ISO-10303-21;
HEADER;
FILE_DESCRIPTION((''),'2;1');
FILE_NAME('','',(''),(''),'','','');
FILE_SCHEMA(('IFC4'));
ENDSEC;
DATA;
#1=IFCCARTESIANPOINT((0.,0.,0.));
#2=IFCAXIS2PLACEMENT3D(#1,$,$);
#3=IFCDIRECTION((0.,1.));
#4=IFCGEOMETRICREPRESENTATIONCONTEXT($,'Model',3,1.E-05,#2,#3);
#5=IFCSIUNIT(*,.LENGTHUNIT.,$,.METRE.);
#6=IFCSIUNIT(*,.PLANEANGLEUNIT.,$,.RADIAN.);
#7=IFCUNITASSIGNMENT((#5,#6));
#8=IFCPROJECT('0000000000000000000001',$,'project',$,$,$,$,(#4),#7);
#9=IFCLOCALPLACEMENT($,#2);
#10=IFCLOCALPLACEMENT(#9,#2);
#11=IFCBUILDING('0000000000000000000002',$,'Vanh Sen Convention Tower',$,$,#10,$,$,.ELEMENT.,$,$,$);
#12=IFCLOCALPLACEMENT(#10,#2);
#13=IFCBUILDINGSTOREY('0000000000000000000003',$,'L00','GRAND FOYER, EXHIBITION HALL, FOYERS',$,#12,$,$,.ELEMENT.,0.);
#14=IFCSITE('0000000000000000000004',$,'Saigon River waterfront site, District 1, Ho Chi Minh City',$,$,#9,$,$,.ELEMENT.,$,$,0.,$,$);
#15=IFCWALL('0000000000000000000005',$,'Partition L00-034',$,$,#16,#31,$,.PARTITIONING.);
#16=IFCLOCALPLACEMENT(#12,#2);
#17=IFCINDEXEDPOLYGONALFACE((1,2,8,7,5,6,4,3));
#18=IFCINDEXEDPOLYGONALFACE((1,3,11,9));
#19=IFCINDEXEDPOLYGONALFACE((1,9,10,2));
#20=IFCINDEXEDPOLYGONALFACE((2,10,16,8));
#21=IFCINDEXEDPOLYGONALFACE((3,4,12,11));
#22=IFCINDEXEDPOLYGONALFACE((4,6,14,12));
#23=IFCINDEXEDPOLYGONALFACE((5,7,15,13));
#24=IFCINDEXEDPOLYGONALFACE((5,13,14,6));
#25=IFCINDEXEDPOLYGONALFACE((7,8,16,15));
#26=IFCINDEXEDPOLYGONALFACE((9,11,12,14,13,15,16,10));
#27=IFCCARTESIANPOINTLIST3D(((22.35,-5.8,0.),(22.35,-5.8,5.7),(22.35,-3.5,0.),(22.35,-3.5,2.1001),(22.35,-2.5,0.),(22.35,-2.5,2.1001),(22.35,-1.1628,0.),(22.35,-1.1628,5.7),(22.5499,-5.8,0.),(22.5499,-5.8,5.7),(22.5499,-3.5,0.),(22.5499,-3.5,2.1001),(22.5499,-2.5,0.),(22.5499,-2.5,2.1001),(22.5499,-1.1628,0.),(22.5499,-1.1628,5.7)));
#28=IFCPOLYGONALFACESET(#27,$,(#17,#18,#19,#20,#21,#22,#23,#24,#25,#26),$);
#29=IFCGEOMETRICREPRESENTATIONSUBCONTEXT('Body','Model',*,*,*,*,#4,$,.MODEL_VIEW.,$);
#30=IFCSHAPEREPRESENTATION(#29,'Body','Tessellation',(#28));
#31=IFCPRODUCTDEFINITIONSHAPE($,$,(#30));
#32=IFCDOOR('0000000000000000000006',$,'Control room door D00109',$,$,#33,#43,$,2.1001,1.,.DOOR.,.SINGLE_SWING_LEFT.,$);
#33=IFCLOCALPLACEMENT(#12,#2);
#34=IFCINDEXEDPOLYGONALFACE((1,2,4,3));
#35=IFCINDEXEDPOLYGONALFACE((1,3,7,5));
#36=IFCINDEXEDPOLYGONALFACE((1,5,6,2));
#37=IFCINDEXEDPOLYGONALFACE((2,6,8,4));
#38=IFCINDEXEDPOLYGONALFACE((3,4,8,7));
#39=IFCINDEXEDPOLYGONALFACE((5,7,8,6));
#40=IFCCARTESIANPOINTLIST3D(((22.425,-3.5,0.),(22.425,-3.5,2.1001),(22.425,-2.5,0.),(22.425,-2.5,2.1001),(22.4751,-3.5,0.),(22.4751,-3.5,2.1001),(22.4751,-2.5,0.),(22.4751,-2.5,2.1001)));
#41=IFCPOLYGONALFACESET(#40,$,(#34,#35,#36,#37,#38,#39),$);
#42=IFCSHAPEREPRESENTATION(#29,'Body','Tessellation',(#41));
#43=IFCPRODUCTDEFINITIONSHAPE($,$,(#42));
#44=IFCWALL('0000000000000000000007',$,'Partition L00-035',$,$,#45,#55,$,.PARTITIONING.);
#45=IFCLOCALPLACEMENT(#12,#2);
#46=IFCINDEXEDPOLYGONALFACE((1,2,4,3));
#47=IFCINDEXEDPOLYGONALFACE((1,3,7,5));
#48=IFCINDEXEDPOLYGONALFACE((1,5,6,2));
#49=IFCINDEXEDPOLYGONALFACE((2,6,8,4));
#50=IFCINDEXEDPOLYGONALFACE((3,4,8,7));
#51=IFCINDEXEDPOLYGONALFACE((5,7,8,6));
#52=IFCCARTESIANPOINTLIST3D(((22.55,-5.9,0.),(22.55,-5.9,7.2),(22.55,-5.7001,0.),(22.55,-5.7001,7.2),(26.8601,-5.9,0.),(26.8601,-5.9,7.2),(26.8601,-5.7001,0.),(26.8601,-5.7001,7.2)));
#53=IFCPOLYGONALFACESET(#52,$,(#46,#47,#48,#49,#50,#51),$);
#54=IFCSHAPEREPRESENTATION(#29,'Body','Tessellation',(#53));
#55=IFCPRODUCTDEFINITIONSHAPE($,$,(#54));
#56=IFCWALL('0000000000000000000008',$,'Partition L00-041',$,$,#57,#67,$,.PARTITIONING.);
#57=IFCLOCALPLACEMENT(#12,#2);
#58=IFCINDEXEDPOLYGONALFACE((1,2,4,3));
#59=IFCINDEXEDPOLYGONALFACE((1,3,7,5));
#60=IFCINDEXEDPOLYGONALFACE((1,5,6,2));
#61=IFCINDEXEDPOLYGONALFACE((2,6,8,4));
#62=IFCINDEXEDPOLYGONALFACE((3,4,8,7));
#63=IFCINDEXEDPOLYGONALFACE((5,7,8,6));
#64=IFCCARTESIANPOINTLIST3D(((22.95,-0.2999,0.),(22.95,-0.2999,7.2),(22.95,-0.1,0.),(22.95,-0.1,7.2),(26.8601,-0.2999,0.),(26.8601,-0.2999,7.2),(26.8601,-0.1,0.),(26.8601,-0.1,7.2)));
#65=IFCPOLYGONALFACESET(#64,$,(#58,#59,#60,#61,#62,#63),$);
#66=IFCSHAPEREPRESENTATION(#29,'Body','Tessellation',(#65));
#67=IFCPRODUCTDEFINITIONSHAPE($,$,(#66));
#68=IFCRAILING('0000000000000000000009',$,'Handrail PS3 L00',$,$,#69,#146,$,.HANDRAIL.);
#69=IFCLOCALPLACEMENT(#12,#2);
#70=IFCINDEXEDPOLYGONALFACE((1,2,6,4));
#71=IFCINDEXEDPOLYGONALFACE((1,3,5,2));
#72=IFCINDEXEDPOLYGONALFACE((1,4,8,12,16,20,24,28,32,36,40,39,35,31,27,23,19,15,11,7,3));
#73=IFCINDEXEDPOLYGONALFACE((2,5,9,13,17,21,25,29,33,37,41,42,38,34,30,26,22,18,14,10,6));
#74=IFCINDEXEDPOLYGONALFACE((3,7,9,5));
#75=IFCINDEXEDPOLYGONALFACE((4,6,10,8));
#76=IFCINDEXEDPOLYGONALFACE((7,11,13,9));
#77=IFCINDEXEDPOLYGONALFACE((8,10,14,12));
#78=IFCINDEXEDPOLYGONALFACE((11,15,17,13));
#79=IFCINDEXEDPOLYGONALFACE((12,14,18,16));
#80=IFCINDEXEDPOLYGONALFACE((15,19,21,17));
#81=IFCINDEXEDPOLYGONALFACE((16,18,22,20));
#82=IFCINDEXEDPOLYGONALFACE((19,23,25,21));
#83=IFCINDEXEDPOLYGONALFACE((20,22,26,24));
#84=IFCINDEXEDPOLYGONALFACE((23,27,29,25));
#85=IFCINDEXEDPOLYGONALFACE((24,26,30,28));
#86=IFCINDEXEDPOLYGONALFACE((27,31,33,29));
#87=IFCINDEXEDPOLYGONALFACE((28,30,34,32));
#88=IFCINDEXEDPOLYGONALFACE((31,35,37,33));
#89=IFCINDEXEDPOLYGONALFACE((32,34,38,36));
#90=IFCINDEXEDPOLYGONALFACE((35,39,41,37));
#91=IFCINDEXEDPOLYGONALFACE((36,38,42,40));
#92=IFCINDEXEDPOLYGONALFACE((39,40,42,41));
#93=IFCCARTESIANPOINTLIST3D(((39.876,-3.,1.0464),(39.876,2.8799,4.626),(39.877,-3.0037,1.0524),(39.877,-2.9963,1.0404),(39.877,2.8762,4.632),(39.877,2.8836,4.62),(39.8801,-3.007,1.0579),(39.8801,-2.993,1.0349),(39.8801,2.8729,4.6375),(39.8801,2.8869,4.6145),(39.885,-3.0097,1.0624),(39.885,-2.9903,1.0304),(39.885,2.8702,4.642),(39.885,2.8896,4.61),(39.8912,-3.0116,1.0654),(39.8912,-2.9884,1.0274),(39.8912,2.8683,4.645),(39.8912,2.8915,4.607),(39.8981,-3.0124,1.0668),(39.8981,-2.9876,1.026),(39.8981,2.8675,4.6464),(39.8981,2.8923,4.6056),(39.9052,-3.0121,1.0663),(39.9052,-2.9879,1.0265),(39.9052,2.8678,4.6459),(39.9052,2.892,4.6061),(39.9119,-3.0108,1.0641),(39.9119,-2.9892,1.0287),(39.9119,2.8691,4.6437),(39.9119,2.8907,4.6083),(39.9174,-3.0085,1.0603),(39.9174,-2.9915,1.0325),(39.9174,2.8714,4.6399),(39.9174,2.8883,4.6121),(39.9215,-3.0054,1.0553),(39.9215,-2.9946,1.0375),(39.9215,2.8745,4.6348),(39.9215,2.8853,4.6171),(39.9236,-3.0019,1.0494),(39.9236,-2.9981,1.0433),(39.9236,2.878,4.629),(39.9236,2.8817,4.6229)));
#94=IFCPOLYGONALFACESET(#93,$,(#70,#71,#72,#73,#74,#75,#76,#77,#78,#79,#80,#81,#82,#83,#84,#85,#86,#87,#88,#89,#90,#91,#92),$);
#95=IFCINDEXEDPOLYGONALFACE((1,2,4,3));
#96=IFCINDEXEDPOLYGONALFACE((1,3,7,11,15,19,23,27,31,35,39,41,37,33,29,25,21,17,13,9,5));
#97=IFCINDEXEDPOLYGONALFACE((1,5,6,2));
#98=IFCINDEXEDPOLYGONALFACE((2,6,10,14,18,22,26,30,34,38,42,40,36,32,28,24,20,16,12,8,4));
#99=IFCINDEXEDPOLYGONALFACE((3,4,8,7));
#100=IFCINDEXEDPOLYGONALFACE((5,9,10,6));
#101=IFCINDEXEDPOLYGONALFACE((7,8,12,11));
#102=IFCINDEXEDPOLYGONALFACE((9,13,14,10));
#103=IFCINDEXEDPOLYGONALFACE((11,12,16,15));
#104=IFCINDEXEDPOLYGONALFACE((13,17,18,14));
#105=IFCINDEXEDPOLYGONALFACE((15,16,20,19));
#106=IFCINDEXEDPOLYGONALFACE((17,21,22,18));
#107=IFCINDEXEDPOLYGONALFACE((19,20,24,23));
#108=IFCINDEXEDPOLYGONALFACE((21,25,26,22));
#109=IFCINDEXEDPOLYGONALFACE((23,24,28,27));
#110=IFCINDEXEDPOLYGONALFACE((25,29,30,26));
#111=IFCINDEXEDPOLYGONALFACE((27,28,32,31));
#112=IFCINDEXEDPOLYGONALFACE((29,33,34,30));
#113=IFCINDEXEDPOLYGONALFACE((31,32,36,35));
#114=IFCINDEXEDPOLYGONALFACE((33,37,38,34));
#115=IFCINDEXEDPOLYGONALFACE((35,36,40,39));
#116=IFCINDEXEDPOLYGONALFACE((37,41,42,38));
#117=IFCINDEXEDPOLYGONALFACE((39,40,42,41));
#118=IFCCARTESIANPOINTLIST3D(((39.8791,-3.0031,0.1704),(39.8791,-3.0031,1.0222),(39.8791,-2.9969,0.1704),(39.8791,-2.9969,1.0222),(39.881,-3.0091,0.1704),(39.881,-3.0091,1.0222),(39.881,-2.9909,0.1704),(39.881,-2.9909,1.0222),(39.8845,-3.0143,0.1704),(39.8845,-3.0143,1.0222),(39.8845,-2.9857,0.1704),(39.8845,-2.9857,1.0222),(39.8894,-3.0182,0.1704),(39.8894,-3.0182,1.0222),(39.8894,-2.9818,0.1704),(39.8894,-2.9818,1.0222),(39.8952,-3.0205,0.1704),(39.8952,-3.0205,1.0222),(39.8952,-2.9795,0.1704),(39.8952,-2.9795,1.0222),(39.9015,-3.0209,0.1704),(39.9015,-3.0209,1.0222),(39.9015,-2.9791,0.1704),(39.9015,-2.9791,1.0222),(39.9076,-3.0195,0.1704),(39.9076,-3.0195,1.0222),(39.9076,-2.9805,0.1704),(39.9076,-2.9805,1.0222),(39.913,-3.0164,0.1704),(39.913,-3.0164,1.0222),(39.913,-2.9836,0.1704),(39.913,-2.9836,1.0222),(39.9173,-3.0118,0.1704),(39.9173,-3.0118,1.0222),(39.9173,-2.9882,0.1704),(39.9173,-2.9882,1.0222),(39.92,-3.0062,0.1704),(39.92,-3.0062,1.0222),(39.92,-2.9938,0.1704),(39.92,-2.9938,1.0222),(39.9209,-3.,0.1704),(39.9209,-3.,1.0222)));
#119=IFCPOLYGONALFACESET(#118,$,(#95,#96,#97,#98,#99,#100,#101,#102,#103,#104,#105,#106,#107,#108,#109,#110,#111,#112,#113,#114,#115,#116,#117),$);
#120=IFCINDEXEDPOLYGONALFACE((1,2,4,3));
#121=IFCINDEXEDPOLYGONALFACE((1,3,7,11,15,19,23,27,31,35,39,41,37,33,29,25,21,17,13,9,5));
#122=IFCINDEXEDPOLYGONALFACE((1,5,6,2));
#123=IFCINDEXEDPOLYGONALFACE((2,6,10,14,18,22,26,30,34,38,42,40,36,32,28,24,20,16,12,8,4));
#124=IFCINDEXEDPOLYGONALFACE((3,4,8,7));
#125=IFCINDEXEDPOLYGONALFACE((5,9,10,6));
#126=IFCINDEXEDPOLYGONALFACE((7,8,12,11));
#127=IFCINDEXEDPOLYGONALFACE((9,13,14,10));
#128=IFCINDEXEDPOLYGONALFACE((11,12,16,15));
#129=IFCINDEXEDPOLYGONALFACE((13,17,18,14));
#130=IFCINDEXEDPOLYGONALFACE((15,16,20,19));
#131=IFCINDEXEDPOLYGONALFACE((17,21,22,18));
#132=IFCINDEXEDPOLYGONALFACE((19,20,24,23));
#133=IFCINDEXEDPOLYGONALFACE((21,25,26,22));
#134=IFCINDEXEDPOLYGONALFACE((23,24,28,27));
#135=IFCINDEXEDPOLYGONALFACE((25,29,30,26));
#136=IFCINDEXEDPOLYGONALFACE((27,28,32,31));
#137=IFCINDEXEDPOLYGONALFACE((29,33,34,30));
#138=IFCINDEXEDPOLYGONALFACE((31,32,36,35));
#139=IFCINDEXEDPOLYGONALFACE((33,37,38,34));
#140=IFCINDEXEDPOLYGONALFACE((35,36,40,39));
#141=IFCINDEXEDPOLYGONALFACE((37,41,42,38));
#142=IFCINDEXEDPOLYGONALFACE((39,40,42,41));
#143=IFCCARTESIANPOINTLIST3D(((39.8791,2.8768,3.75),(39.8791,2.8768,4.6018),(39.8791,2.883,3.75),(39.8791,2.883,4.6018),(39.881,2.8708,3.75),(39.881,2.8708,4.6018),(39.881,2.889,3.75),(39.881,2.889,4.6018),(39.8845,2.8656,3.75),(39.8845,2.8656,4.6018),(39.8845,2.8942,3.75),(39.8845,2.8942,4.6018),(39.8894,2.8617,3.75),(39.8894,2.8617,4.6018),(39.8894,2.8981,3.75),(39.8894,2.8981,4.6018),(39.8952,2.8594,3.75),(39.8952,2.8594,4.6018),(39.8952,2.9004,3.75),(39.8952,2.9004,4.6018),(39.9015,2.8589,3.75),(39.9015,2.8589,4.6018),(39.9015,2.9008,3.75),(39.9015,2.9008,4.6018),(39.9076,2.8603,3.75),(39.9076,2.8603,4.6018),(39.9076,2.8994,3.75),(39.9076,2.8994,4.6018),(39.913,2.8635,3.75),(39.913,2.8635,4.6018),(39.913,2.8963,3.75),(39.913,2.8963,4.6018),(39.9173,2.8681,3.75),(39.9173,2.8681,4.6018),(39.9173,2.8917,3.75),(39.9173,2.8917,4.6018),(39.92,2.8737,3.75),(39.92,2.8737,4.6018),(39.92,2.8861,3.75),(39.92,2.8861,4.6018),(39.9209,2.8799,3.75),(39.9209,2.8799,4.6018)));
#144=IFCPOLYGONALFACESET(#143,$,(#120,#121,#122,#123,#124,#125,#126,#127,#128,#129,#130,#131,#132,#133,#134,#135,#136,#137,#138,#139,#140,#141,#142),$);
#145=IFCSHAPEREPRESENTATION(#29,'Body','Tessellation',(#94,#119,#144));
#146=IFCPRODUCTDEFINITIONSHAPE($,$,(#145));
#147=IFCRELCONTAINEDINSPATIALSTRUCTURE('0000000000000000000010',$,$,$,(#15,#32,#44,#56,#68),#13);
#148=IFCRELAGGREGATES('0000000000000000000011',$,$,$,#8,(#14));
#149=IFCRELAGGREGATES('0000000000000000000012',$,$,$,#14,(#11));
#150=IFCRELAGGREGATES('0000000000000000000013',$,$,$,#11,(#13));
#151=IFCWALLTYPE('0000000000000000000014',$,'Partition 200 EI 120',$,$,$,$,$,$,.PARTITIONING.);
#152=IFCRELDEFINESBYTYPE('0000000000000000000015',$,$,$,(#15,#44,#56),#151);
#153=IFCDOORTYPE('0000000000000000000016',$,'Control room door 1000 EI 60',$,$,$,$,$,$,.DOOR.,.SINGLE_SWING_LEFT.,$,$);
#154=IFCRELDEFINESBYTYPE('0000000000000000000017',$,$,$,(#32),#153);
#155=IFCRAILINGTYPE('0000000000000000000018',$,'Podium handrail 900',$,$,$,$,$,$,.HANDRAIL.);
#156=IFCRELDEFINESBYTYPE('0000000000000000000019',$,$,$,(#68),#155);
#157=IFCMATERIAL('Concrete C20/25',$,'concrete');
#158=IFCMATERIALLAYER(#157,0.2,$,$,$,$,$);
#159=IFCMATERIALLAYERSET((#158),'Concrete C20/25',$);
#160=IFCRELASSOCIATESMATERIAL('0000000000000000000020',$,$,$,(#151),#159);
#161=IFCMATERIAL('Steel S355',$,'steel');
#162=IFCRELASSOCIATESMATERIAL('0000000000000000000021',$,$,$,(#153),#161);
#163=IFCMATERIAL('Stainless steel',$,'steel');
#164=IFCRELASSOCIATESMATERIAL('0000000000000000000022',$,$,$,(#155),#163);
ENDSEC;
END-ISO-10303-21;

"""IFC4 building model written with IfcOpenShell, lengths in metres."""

from ifc_helpers import new_model, si_unit, direction, frame, frame_2d, origin, origin_2d, place, context, subcontext, project, spatial, rectangle, circle, extrude, material, layer, layer_set, type_object, element, fill, save


model = new_model("IFC4")

# Units and contexts
model_context = context("Model", 3, precision=1e-05, world=origin(), true_north=direction((0.0, 1.0)))
body_context = subcontext(model_context, "Body", "Model", "MODEL_VIEW")
ifc_project = project(units=[si_unit("LENGTHUNIT", "METRE"), si_unit("PLANEANGLEUNIT", "RADIAN")], contexts=[model_context])

# Site, building, storey
site_placement = place(None, origin())
site = spatial("IfcSite", under=ifc_project, at=site_placement, Name="Saigon River waterfront site, District 1, Ho Chi Minh City", CompositionType="ELEMENT", RefElevation=0.0)
building_placement = place(site_placement, origin())
building = spatial("IfcBuilding", under=site, at=building_placement, Name="Vanh Sen Convention Tower", CompositionType="ELEMENT")
storey_placement = place(building_placement, origin())
storey = spatial("IfcBuildingStorey", under=building, at=storey_placement, Name="L00", Description="GRAND FOYER, EXHIBITION HALL, FOYERS", CompositionType="ELEMENT", Elevation=0.0)

# Shared definitions
ifc_material_1 = material(Name="Steel S355", Category="steel")

# Wall, opening, door
ifc_material_2 = material(Name="Concrete C20/25", Category="concrete")
ifc_layer_1 = layer(ifc_material_2, 0.2)
ifc_layer_set_1 = layer_set([ifc_layer_1], Name="Concrete C20/25")
wall_type_1 = type_object("IfcWallType", Name="Partition 200 EI 120", PredefinedType="PARTITIONING", material=ifc_layer_set_1)
wall_1_placement = place(storey_placement, frame((22.45, -5.8, 0.0), z_axis=(0.0, 0.0, 1.0), x_axis=(0.0, 1.0, 0.0)))
wall_1 = element("IfcWall", 1, at=wall_1_placement, inside=storey, type_object=wall_type_1, Name="Partition L00-034", PredefinedType="PARTITIONING", context=body_context, shape_type="SweptSolid", body=[
    extrude(rectangle(XDim=4.6372, YDim=0.2, at=frame_2d((2.3186, 0.0))), origin(), (0.0, 0.0, 1.0), 5.7),
])
opening_1_placement = place(wall_1_placement, frame((2.3, 0.0, 0.0)))
opening_1 = element("IfcOpeningElement", 2, at=opening_1_placement, cuts=wall_1, PredefinedType="OPENING", context=body_context, shape_type="SweptSolid", body=[
    extrude(rectangle(XDim=1.0, YDim=2.1001, at=frame_2d((0.5, 1.05))), frame((0.0, 0.1099, 0.0), z_axis=(0.0, -1.0, 0.0), x_axis=(1.0, 0.0, 0.0)), (0.0, 0.0, 1.0), 0.22),
])
door_type_1 = type_object("IfcDoorType", Name="Control room door 1000 EI 60", OperationType="SINGLE_SWING_LEFT", PredefinedType="DOOR", material=ifc_material_1)
door_1_placement = place(opening_1_placement, origin())
door_1 = element("IfcDoor", 3, at=door_1_placement, inside=storey, type_object=door_type_1, Name="Control room door D00109", OperationType="SINGLE_SWING_LEFT", OverallHeight=2.1001, OverallWidth=1.0, PredefinedType="DOOR", context=body_context, shape_type="SweptSolid", body=[
    extrude(rectangle(XDim=1.0, YDim=2.1001, at=frame_2d((0.5, 1.05))), frame((0.0, 0.0249, 0.0), z_axis=(0.0, -1.0, 0.0), x_axis=(1.0, 0.0, 0.0)), (0.0, 0.0, 1.0), 0.05),
])
fill(opening_1, door_1)

# Walls
wall_2_placement = place(storey_placement, frame((26.8601, -5.8, 0.0), z_axis=(0.0, 0.0, 1.0), x_axis=(-1.0, 0.0, 0.0)))
element("IfcWall", 4, at=wall_2_placement, inside=storey, type_object=wall_type_1, Name="Partition L00-035", PredefinedType="PARTITIONING", context=body_context, shape_type="SweptSolid", body=[
    extrude(rectangle(XDim=4.3101, YDim=0.2, at=frame_2d((2.155, 0.0))), origin(), (0.0, 0.0, 1.0), 7.2),
])
wall_3_placement = place(storey_placement, frame((22.95, -0.2, 0.0), z_axis=(0.0, 0.0, 1.0), x_axis=(1.0, 0.0, 0.0)))
element("IfcWall", 5, at=wall_3_placement, inside=storey, type_object=wall_type_1, Name="Partition L00-041", PredefinedType="PARTITIONING", context=body_context, shape_type="SweptSolid", body=[
    extrude(rectangle(XDim=3.9102, YDim=0.2, at=frame_2d((1.9551, 0.0))), origin(), (0.0, 0.0, 1.0), 7.2),
])

# Railing
ifc_material_3 = material(Name="Stainless steel", Category="steel")
railing_type = type_object("IfcRailingType", Name="Podium handrail 900", PredefinedType="HANDRAIL", material=ifc_material_3)
for number, where, name in (
    (6, (39.8999, -3.0, 0.1704), "Handrail PS3 L00"),
):
    element("IfcRailing", number, at=place(storey_placement, frame(where)), inside=storey, type_object=railing_type, Name=name, PredefinedType="HANDRAIL", context=body_context, shape_type="SweptSolid", body=[
        extrude(circle(Radius=0.0239, at=origin_2d()), frame((0.0, 0.0, 0.876), z_axis=(0.0, 0.854164, 0.520003), x_axis=(-1.0, 0.0, 0.0)), (0.0, 0.0, 1.0), 6.8838),
        extrude(circle(Radius=0.021, at=origin_2d()), origin(), (0.0, 0.0, 1.0), 0.8518),
        extrude(circle(Radius=0.021, at=origin_2d()), frame((0.0, 5.8799, 3.5796)), (0.0, 0.0, 1.0), 0.8518),
    ])

save(model, "model.ifc")
